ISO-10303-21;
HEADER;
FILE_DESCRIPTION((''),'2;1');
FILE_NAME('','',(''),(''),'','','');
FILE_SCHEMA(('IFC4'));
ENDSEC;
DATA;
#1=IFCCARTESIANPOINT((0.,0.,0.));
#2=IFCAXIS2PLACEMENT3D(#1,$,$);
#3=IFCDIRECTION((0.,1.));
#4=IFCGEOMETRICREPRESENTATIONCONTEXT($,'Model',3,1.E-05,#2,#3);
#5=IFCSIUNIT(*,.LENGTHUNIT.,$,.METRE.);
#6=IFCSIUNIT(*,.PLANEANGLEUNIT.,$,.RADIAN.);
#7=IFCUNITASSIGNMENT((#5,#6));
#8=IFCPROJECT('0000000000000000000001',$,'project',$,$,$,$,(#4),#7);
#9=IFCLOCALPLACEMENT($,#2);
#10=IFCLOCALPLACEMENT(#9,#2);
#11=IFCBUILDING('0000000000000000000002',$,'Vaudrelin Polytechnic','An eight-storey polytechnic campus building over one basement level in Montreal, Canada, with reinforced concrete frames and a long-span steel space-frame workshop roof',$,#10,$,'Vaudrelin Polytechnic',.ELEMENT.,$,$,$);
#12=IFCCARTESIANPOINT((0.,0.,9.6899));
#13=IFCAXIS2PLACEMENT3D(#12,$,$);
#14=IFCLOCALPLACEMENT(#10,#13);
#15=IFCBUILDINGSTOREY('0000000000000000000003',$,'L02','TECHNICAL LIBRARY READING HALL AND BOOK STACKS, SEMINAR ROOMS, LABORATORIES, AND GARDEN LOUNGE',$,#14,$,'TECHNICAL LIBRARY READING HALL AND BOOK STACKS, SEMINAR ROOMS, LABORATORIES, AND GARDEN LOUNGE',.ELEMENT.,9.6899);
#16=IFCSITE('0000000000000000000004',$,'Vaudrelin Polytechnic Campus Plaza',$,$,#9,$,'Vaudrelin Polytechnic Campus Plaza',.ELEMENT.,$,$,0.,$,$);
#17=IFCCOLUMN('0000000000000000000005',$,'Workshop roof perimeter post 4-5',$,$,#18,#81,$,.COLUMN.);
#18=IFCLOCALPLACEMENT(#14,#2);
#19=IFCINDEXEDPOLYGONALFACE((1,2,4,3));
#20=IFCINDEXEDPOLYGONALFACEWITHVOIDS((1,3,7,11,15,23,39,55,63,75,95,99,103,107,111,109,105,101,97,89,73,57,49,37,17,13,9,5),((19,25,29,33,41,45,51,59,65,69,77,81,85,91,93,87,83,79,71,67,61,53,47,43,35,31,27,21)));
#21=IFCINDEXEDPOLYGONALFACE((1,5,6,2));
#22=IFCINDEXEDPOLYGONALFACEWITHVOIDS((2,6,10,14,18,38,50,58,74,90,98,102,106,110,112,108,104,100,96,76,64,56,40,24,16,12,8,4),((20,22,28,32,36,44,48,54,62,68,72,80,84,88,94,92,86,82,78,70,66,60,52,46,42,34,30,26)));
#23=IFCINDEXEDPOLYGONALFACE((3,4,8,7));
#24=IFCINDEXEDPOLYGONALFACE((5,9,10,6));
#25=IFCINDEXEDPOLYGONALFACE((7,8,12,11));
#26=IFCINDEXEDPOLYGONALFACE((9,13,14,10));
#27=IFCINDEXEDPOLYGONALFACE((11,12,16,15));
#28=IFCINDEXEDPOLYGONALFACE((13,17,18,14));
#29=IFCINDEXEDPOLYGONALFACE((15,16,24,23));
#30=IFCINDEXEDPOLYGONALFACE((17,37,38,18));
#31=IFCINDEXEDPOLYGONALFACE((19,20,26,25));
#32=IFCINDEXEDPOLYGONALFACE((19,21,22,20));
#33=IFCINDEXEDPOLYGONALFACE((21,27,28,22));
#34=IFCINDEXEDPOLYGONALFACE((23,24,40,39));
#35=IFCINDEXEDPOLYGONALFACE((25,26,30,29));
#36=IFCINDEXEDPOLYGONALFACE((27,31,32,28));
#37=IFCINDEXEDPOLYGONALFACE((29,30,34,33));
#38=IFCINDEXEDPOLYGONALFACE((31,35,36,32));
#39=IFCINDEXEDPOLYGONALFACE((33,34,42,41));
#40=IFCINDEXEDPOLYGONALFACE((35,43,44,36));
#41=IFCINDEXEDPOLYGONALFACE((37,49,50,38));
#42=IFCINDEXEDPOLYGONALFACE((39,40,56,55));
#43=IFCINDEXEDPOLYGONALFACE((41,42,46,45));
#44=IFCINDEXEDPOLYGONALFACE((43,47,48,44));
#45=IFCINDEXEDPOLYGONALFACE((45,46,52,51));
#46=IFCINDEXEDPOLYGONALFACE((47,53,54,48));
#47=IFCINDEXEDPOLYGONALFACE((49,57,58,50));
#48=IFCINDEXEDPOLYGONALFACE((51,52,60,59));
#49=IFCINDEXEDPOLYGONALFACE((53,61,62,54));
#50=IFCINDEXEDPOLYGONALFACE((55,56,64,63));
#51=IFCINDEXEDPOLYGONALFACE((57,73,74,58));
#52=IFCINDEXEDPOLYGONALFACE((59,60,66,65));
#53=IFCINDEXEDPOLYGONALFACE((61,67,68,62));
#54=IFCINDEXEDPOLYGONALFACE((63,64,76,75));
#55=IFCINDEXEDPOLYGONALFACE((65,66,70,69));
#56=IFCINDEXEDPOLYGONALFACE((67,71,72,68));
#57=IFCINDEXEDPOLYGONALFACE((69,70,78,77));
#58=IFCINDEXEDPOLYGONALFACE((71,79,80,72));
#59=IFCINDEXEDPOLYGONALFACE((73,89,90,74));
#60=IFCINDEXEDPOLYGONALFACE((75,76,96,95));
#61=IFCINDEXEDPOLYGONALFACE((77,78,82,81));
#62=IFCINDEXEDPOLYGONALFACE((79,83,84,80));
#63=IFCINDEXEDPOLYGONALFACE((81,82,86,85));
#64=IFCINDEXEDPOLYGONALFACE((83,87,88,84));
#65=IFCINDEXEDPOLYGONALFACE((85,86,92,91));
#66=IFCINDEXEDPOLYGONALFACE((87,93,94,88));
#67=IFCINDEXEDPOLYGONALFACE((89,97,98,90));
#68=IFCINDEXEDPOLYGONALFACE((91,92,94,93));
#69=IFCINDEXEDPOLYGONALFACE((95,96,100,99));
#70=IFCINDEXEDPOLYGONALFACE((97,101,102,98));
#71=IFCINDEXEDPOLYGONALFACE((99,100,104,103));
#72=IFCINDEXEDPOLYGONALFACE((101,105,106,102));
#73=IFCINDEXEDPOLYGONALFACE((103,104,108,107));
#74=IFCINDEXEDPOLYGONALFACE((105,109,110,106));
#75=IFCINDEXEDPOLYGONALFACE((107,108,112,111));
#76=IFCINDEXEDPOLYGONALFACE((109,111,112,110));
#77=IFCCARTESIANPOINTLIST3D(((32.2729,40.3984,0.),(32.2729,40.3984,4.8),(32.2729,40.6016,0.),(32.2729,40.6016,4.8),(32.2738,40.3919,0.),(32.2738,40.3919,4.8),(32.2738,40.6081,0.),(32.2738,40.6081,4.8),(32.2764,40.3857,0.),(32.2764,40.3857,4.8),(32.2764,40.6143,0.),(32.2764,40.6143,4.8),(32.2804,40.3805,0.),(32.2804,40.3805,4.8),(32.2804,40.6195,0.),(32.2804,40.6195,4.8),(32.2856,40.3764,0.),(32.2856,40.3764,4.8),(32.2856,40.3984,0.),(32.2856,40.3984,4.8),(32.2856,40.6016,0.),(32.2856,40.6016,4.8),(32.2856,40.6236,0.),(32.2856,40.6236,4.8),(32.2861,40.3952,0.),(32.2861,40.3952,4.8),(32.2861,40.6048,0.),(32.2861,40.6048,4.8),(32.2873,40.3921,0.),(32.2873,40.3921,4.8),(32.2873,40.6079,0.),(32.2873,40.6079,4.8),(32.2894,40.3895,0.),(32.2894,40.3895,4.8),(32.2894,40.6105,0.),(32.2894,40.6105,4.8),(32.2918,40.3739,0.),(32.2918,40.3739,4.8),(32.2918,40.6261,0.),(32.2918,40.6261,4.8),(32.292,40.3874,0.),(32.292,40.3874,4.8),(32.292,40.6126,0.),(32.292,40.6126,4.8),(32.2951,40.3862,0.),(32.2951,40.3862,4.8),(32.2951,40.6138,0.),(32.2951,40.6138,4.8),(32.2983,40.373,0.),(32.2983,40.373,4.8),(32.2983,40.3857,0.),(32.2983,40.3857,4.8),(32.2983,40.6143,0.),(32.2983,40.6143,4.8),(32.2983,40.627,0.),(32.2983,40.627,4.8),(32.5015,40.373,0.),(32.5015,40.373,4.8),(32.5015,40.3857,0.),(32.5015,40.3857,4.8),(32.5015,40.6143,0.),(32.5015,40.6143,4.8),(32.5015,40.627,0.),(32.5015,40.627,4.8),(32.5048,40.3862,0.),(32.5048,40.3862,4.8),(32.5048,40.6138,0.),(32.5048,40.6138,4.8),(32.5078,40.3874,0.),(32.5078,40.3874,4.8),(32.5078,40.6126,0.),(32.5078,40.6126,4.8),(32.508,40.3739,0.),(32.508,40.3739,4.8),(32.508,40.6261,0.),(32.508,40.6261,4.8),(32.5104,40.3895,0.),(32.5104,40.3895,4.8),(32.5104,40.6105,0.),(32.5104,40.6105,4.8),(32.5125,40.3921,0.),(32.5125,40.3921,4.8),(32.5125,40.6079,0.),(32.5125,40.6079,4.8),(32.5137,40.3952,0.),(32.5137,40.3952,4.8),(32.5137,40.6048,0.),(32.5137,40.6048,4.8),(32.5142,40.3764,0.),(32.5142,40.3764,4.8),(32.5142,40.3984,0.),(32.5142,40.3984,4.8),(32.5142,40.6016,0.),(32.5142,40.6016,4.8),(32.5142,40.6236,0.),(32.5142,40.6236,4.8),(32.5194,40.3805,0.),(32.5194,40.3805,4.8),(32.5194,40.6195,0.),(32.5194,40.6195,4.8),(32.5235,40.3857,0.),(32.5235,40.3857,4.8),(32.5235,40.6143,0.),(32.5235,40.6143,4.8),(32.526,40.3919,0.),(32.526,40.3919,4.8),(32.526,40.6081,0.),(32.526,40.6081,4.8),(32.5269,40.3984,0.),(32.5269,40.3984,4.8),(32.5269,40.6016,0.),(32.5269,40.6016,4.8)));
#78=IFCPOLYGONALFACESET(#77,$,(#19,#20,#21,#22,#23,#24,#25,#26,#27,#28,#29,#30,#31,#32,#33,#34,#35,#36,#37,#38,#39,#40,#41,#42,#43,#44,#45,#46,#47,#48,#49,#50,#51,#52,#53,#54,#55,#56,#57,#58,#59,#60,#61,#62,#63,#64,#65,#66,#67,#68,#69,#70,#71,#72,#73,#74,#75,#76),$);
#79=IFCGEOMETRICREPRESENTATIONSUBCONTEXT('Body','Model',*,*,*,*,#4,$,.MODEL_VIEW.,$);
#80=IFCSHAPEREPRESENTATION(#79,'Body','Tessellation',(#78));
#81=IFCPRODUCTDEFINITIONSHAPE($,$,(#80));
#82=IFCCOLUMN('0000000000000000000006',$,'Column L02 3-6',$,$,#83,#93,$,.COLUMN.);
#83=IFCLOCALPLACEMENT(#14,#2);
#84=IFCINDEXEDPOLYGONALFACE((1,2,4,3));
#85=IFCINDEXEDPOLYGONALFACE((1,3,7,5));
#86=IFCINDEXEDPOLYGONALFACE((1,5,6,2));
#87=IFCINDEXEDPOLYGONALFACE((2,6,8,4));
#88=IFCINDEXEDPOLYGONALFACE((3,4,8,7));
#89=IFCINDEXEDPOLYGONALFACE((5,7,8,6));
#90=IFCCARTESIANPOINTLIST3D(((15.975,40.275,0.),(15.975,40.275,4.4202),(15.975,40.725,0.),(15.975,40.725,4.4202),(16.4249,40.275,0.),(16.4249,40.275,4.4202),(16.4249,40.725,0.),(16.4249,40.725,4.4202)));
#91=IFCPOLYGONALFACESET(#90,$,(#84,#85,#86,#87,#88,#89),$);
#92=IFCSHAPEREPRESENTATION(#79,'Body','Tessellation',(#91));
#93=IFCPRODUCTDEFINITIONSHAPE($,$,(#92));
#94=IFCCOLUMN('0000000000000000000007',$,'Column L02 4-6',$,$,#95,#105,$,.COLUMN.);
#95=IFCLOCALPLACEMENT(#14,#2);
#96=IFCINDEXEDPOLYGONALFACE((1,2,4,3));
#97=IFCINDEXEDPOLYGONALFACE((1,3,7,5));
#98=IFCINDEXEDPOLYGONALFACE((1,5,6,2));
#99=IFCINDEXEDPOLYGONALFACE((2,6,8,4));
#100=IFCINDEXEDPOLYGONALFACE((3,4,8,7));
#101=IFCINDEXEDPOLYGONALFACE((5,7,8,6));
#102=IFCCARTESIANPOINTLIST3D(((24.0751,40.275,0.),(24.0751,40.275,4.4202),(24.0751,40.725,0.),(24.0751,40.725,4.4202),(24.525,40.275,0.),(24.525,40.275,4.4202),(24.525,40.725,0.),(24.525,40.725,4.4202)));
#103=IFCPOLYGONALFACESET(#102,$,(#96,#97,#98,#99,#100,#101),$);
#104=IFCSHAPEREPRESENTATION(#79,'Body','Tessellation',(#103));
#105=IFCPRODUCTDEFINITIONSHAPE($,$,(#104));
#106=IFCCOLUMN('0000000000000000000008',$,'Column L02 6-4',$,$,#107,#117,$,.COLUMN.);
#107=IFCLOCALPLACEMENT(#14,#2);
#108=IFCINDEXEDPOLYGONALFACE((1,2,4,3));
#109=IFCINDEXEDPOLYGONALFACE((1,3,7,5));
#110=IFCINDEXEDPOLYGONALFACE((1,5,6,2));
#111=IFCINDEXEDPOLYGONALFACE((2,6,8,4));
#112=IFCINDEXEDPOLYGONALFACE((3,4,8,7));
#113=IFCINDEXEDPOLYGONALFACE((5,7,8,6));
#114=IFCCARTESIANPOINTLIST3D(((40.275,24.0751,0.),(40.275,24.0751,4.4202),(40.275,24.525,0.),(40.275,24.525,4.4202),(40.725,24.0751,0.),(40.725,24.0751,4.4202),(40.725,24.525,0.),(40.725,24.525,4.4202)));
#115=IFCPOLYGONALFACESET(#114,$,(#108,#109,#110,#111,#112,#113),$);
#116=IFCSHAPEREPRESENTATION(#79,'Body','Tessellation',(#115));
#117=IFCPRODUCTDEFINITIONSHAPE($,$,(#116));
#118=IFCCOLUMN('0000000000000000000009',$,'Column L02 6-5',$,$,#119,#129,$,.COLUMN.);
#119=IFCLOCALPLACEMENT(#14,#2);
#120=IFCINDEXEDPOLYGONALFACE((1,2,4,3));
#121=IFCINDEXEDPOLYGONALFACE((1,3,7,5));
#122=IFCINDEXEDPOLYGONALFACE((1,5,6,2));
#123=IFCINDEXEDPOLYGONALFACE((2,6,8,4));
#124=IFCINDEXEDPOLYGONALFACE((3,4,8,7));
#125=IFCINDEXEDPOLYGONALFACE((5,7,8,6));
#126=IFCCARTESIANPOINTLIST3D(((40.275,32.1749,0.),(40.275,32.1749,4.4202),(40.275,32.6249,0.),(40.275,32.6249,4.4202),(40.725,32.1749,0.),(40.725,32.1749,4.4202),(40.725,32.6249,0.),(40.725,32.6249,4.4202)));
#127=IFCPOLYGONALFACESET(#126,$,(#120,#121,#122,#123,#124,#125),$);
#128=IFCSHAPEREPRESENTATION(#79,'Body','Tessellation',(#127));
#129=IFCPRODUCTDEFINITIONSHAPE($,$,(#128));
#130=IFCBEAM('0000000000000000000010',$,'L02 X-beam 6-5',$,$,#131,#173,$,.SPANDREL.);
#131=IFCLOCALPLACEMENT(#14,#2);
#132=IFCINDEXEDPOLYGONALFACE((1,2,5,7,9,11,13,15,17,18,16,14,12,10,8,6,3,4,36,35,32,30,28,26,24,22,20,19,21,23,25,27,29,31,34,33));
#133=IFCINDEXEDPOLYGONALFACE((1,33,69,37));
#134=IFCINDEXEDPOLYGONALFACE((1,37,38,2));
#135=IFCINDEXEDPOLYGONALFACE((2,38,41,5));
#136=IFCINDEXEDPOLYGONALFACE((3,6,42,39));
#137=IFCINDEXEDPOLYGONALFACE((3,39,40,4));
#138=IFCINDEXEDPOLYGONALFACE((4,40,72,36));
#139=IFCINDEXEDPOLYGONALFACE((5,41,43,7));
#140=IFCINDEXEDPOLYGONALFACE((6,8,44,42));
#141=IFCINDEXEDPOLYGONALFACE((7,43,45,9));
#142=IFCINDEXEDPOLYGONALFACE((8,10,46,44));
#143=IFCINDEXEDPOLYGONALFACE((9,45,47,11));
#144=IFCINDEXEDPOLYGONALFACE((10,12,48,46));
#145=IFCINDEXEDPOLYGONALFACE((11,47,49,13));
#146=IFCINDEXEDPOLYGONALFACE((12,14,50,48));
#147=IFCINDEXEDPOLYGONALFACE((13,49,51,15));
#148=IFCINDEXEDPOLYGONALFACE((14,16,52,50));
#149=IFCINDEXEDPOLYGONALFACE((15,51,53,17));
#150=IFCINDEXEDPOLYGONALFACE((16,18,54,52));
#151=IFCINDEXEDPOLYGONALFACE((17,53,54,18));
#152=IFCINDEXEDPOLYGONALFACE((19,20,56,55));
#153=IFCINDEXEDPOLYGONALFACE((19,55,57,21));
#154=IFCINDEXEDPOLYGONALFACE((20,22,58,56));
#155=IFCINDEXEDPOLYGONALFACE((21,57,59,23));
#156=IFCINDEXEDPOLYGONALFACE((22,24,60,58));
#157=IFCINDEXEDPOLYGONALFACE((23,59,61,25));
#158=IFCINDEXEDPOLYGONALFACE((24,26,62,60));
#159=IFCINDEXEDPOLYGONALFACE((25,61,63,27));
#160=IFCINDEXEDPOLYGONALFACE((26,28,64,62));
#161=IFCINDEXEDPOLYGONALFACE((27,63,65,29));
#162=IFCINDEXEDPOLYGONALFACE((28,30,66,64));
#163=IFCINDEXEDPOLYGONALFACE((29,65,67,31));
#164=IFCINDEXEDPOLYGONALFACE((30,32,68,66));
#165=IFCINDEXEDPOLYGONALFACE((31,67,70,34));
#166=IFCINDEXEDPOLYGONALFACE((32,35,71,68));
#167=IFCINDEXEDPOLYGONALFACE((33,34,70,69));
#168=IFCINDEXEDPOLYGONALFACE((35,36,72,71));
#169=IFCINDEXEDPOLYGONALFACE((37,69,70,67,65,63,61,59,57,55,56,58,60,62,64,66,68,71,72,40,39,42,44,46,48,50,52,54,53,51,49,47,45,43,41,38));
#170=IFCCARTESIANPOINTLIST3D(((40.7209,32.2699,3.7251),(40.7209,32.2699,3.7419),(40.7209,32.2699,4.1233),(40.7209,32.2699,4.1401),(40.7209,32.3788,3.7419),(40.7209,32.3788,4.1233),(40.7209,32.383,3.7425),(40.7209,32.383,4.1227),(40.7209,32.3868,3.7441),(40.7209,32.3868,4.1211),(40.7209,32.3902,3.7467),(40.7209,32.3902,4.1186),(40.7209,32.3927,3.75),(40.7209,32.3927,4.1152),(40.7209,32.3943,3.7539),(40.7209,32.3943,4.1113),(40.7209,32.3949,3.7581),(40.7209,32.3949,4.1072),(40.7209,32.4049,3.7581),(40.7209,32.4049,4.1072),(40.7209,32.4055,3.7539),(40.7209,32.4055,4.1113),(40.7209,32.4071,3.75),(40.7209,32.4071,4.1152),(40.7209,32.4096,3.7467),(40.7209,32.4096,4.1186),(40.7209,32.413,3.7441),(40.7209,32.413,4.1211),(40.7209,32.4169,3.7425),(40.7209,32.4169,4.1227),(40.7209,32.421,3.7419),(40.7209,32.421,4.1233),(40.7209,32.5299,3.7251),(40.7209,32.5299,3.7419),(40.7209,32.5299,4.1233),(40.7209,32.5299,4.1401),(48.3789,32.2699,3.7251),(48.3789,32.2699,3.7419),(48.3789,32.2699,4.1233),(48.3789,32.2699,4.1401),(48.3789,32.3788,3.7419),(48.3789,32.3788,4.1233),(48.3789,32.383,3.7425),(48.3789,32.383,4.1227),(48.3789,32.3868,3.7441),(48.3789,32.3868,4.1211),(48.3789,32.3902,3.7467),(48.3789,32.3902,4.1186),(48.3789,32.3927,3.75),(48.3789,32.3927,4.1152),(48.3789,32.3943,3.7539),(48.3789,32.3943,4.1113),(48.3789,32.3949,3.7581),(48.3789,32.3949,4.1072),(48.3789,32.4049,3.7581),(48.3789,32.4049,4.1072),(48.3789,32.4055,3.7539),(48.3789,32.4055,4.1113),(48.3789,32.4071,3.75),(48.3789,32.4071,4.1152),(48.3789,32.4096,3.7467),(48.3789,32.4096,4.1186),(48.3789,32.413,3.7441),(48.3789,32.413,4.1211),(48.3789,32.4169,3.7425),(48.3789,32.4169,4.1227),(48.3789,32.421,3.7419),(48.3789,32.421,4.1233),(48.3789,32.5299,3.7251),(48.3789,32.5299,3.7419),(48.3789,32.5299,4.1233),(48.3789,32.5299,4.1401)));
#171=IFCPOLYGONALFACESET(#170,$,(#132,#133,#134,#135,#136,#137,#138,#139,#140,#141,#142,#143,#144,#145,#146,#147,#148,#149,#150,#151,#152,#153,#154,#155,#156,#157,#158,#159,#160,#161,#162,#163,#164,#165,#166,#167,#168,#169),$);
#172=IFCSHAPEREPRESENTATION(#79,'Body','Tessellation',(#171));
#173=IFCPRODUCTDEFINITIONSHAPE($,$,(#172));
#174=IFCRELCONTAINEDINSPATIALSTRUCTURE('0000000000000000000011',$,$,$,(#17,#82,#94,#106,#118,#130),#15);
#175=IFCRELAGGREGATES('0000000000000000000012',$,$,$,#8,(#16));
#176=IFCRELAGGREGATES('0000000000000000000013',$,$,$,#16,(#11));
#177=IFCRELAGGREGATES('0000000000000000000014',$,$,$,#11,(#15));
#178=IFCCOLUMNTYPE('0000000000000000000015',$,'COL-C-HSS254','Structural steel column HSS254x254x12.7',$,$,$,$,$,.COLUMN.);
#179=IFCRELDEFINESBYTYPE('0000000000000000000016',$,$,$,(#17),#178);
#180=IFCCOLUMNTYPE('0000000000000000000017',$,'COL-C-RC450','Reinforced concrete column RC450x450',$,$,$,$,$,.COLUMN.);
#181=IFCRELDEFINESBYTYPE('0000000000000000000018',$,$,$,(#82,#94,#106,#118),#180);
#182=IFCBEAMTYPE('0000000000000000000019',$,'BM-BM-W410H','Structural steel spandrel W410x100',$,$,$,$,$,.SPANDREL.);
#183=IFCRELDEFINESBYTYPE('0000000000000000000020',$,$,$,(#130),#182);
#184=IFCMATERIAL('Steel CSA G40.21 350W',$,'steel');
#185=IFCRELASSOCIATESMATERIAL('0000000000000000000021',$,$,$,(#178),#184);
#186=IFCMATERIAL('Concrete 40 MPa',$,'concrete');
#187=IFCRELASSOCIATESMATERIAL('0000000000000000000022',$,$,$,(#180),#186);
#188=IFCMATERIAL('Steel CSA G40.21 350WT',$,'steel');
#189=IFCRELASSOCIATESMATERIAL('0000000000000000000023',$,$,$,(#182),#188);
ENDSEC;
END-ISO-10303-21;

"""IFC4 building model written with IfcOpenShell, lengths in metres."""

from ifc_helpers import new_model, si_unit, direction, frame, origin, origin_2d, place, context, subcontext, project, spatial, rectangle, hollow_rectangle, i_section, extrude, material, material_profile, profile_set, type_object, element, save


model = new_model("IFC4")

# Units and contexts
model_context = context("Model", 3, precision=1e-05, world=origin(), true_north=direction((0.0, 1.0)))
body_context = subcontext(model_context, "Body", "Model", "MODEL_VIEW")
ifc_project = project(units=[si_unit("LENGTHUNIT", "METRE"), si_unit("PLANEANGLEUNIT", "RADIAN")], contexts=[model_context])

# Site, building, storey
site_placement = place(None, origin())
site = spatial("IfcSite", under=ifc_project, at=site_placement, Name="Vaudrelin Polytechnic Campus Plaza", LongName="Vaudrelin Polytechnic Campus Plaza", CompositionType="ELEMENT", RefElevation=0.0)
building_placement = place(site_placement, origin())
building = spatial("IfcBuilding", under=site, at=building_placement, Name="Vaudrelin Polytechnic", Description="An eight-storey polytechnic campus building over one basement level in Montreal, Canada, with reinforced concrete frames and a long-span steel space-frame workshop roof", LongName="Vaudrelin Polytechnic", CompositionType="ELEMENT")
storey_placement = place(building_placement, frame((0.0, 0.0, 9.6899)))
storey = spatial("IfcBuildingStorey", under=building, at=storey_placement, Name="L02", Description="TECHNICAL LIBRARY READING HALL AND BOOK STACKS, SEMINAR ROOMS, LABORATORIES, AND GARDEN LOUNGE", LongName="TECHNICAL LIBRARY READING HALL AND BOOK STACKS, SEMINAR ROOMS, LABORATORIES, AND GARDEN LOUNGE", CompositionType="ELEMENT", Elevation=9.6899)

# Columns
ifc_material_1 = material(Name="Steel CSA G40.21 350W", Category="steel")
ifc_material_profile_1 = material_profile(ifc_material_1, hollow_rectangle(XDim=0.2539, YDim=0.2539, WallThickness=0.0127, InnerFilletRadius=0.0127, OuterFilletRadius=0.0254, at=origin_2d()), Name="HSS254x254x12.7")
ifc_profile_set_1 = profile_set([ifc_material_profile_1], Name="Steel CSA G40.21 350W")
column_type_1 = type_object("IfcColumnType", Name="COL-C-HSS254", Description="Structural steel column HSS254x254x12.7", PredefinedType="COLUMN", material=ifc_profile_set_1)
column_placement = place(storey_placement, frame((32.3999, 40.5, 0.0), z_axis=(0.0, 0.0, 1.0), x_axis=(1.0, 0.0, 0.0)))
element("IfcColumn", 1, at=column_placement, inside=storey, type_object=column_type_1, Name="Workshop roof perimeter post 4-5", PredefinedType="COLUMN", context=body_context, shape_type="SweptSolid", body=[
    extrude(hollow_rectangle(XDim=0.2539, YDim=0.2539, WallThickness=0.0127, InnerFilletRadius=0.0127, OuterFilletRadius=0.0254, at=origin_2d()), origin(), (0.0, 0.0, 1.0), 4.8),
])
ifc_material_2 = material(Name="Concrete 40 MPa", Category="concrete")
ifc_material_profile_2 = material_profile(ifc_material_2, rectangle(XDim=0.45, YDim=0.45, at=origin_2d()), Name="RC450x450")
ifc_profile_set_2 = profile_set([ifc_material_profile_2], Name="Concrete 40 MPa")
column_type_2 = type_object("IfcColumnType", Name="COL-C-RC450", Description="Reinforced concrete column RC450x450", PredefinedType="COLUMN", material=ifc_profile_set_2)
for number, where, z_axis, x_axis, name in (
    (2, (16.2, 40.5, 0.0), (0.0, 0.0, 1.0), (1.0, 0.0, 0.0), "Column L02 3-6"),
    (3, (24.3, 40.5, 0.0), (0.0, 0.0, 1.0), (1.0, 0.0, 0.0), "Column L02 4-6"),
    (4, (40.5, 24.3, 0.0), (0.0, 0.0, 1.0), (1.0, 0.0, 0.0), "Column L02 6-4"),
    (5, (40.5, 32.3999, 0.0), (0.0, 0.0, 1.0), (1.0, 0.0, 0.0), "Column L02 6-5"),
):
    element("IfcColumn", number, at=place(storey_placement, frame(where, z_axis=z_axis, x_axis=x_axis)), inside=storey, type_object=column_type_2, Name=name, PredefinedType="COLUMN", context=body_context, shape_type="SweptSolid", body=[
        extrude(rectangle(XDim=0.45, YDim=0.45, at=origin_2d()), origin(), (0.0, 0.0, 1.0), 4.4202),
    ])

# Beam
ifc_material_3 = material(Name="Steel CSA G40.21 350WT", Category="steel")
ifc_material_profile_3 = material_profile(ifc_material_3, i_section(OverallWidth=0.26, OverallDepth=0.415, WebThickness=0.01, FlangeThickness=0.0168, FilletRadius=0.0161, at=origin_2d()), Name="W410x100")
ifc_profile_set_3 = profile_set([ifc_material_profile_3], Name="Steel CSA G40.21 350WT")
beam_type_1 = type_object("IfcBeamType", Name="BM-BM-W410H", Description="Structural steel spandrel W410x100", PredefinedType="SPANDREL", material=ifc_profile_set_3)
beam_1_placement = place(storey_placement, frame((40.7209, 32.3999, 3.9326), z_axis=(1.0, 0.0, 0.0), x_axis=(0.0, 1.0, 0.0)))
element("IfcBeam", 6, at=beam_1_placement, inside=storey, type_object=beam_type_1, Name="L02 X-beam 6-5", PredefinedType="SPANDREL", context=body_context, shape_type="SweptSolid", body=[
    extrude(i_section(OverallWidth=0.26, OverallDepth=0.415, WebThickness=0.01, FlangeThickness=0.0168, FilletRadius=0.0161, at=origin_2d()), origin(), (0.0, 0.0, 1.0), 7.658),
])

save(model, "model.ifc")
